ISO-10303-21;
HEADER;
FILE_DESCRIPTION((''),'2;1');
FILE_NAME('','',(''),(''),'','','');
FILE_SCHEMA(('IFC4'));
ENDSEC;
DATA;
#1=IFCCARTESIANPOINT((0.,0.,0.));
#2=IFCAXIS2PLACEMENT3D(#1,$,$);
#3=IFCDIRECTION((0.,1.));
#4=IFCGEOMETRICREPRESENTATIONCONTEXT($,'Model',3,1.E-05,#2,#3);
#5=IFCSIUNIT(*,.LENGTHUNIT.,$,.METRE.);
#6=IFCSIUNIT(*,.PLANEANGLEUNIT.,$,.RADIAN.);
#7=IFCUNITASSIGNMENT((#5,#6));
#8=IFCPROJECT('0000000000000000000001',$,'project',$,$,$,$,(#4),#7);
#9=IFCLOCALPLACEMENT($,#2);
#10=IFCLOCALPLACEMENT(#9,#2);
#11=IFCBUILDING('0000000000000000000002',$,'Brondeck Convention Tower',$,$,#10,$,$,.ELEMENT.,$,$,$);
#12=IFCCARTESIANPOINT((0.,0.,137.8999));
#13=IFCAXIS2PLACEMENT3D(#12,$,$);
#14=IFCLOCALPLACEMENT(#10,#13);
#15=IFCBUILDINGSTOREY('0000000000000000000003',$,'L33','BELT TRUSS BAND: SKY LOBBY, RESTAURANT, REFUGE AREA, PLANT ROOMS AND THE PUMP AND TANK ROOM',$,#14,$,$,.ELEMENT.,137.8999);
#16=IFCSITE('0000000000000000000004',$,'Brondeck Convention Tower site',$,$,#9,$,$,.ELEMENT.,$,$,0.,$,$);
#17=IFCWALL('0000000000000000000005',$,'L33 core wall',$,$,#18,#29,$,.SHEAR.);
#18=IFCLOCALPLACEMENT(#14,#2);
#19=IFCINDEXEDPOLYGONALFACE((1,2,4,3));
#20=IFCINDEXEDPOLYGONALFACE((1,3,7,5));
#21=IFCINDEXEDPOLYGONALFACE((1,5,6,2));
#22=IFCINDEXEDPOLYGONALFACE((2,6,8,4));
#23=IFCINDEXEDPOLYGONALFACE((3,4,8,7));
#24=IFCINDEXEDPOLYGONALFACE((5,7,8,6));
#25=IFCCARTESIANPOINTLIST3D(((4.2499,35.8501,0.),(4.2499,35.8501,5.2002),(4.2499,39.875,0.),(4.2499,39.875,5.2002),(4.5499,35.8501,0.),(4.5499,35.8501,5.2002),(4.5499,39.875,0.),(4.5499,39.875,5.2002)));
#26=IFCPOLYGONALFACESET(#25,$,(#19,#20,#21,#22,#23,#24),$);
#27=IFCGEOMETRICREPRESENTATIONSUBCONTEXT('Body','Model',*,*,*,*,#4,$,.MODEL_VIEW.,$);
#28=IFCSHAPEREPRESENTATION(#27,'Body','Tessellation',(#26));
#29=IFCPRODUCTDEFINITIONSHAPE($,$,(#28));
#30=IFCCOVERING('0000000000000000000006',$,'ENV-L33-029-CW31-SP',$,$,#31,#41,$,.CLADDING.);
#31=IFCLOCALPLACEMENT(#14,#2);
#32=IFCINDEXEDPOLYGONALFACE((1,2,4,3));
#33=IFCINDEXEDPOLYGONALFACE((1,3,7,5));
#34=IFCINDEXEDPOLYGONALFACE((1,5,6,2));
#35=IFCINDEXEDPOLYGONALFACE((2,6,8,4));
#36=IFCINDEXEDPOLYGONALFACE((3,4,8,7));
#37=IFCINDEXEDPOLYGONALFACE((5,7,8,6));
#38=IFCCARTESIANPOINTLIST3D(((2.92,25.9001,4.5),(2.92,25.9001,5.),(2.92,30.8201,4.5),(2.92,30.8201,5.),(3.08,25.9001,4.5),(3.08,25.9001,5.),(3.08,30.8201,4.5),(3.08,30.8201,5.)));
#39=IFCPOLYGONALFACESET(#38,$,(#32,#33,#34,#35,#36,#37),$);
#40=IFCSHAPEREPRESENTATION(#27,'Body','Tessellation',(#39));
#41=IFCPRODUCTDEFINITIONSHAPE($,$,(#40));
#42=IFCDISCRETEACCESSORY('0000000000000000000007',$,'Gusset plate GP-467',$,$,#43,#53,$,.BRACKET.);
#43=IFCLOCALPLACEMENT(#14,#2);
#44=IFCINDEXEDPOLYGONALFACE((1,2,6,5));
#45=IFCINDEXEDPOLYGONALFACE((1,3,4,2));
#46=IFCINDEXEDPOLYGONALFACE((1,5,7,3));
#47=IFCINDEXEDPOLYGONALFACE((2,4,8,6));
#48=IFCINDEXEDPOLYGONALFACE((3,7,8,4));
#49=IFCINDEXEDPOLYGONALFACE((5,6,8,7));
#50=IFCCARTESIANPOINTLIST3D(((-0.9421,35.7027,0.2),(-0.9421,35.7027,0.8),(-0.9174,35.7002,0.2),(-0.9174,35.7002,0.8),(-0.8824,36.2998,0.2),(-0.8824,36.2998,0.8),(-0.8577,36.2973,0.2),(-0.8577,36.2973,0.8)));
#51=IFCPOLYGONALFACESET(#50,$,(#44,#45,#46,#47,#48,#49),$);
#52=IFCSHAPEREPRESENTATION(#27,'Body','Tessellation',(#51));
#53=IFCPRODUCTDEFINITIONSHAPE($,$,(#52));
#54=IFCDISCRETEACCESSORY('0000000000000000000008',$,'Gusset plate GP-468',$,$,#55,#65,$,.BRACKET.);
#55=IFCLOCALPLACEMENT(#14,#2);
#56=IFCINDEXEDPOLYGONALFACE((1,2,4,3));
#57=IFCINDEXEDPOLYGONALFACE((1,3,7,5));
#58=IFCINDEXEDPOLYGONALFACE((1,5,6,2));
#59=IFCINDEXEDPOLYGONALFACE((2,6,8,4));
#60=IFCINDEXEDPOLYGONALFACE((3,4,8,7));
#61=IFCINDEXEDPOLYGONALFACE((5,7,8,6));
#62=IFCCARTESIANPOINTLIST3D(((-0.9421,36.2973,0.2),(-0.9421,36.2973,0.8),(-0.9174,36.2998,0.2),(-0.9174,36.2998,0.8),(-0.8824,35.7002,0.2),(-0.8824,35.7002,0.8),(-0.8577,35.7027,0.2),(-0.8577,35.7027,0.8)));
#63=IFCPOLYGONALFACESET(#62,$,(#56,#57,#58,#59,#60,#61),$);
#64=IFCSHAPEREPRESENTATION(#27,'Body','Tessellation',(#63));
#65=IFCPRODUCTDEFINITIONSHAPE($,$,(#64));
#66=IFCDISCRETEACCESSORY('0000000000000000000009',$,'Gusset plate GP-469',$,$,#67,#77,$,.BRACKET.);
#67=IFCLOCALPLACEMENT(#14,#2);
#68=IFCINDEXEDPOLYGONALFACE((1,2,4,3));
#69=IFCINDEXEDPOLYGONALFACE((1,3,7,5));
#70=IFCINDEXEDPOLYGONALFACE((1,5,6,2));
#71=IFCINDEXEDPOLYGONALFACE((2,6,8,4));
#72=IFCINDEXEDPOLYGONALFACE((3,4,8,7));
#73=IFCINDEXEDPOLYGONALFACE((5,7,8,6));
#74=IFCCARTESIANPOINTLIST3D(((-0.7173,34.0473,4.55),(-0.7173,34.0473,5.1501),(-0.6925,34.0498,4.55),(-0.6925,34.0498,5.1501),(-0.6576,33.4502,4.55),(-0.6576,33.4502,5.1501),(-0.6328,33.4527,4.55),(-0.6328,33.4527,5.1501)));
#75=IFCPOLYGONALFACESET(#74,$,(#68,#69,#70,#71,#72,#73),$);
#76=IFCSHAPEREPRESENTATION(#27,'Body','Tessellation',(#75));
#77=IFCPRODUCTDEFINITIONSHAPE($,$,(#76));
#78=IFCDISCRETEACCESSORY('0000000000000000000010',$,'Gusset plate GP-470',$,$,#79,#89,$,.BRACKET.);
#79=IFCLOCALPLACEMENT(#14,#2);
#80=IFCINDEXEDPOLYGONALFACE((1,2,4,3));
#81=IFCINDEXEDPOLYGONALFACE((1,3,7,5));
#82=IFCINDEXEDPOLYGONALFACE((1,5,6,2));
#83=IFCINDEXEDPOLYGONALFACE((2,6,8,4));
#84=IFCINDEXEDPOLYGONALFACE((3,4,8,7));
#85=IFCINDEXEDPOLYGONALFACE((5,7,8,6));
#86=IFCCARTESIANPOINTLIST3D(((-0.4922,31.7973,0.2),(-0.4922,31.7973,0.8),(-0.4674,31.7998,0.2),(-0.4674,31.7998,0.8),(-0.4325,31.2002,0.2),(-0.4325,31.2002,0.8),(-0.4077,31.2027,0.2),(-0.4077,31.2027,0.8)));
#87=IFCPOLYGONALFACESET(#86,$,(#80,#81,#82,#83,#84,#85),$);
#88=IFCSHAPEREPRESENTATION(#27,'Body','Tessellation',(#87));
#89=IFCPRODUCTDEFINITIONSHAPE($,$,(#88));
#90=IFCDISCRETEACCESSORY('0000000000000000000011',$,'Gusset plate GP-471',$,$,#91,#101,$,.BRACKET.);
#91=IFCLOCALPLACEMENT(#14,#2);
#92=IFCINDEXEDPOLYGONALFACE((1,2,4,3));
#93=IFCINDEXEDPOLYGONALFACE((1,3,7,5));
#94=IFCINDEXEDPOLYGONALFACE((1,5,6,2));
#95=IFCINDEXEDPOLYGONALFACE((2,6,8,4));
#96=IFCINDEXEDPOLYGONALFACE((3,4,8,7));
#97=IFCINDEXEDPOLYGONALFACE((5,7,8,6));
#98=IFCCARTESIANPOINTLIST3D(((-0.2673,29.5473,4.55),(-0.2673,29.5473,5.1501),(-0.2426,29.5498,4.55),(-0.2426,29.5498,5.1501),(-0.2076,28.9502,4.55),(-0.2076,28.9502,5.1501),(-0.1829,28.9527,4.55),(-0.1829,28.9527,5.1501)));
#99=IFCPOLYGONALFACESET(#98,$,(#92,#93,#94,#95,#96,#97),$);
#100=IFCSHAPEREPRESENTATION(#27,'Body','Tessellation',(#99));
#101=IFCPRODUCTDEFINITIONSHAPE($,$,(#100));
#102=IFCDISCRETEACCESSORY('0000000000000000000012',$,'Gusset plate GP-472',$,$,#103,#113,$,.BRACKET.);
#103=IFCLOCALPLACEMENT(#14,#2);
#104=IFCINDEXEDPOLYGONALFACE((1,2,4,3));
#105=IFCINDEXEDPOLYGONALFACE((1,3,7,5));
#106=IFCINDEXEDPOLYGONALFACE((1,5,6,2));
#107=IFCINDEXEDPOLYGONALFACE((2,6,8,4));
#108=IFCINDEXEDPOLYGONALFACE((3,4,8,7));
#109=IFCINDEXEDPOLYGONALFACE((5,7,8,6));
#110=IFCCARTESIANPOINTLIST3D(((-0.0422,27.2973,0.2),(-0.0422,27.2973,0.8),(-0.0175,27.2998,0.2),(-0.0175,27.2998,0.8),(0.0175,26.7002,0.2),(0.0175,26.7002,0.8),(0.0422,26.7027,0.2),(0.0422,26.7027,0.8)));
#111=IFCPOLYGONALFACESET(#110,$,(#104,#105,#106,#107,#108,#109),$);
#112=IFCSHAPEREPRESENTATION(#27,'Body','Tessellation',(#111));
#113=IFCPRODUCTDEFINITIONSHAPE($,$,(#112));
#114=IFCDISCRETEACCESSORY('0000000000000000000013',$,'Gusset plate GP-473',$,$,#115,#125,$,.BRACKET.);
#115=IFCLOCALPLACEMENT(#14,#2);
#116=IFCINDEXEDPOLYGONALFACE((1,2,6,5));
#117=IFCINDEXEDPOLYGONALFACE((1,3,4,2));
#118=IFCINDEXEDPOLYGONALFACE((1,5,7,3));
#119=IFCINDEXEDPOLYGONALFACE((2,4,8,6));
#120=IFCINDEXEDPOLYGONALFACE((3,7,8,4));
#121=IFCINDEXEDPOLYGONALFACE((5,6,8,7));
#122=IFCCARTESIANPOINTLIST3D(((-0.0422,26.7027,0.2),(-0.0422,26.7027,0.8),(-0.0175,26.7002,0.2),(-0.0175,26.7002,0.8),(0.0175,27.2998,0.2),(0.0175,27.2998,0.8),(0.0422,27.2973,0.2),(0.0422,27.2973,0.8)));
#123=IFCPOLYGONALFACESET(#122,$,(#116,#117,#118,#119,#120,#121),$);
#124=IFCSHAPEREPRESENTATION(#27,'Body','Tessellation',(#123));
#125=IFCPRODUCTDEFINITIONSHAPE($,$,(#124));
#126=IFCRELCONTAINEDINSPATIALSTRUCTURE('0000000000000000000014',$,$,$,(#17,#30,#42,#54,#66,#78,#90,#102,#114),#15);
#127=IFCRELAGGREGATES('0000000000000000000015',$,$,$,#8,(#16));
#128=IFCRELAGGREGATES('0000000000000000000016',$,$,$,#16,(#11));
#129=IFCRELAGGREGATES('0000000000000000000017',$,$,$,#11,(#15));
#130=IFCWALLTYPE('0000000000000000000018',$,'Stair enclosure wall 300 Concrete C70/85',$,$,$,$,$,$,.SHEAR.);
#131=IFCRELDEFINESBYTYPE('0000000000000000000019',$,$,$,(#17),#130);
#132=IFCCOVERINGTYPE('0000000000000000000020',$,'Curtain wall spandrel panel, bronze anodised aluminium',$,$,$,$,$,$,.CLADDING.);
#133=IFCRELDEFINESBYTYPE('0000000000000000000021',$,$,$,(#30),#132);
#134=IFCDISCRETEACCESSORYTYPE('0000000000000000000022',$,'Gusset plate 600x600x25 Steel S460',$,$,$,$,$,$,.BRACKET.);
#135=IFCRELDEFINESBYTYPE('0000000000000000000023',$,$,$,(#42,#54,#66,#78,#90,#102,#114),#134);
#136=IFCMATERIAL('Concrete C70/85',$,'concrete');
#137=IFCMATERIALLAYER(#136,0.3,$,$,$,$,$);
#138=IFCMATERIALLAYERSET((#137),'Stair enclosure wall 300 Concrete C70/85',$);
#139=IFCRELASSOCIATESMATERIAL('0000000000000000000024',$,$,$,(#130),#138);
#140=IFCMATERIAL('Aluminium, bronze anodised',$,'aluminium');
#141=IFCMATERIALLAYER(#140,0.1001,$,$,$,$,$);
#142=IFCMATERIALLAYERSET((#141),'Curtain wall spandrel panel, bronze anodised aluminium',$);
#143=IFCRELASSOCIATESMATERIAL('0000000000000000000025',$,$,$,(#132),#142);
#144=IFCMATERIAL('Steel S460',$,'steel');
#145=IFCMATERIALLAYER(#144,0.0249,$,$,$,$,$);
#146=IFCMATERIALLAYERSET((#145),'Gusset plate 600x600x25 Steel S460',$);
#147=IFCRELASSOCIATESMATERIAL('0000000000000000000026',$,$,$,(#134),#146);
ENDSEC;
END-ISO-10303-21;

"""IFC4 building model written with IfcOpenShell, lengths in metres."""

from ifc_helpers import new_model, si_unit, direction, frame, frame_2d, origin, origin_2d, place, context, subcontext, project, spatial, rectangle, extrude, material, layer, layer_set, type_object, element, save


model = new_model("IFC4")

# Units and contexts
model_context = context("Model", 3, precision=1e-05, world=origin(), true_north=direction((0.0, 1.0)))
body_context = subcontext(model_context, "Body", "Model", "MODEL_VIEW")
ifc_project = project(units=[si_unit("LENGTHUNIT", "METRE"), si_unit("PLANEANGLEUNIT", "RADIAN")], contexts=[model_context])

# Site, building, storey
site_placement = place(None, origin())
site = spatial("IfcSite", under=ifc_project, at=site_placement, Name="Brondeck Convention Tower site", CompositionType="ELEMENT", RefElevation=0.0)
building_placement = place(site_placement, origin())
building = spatial("IfcBuilding", under=site, at=building_placement, Name="Brondeck Convention Tower", CompositionType="ELEMENT")
storey_placement = place(building_placement, frame((0.0, 0.0, 137.8999)))
storey = spatial("IfcBuildingStorey", under=building, at=storey_placement, Name="L33", Description="BELT TRUSS BAND: SKY LOBBY, RESTAURANT, REFUGE AREA, PLANT ROOMS AND THE PUMP AND TANK ROOM", CompositionType="ELEMENT", Elevation=137.8999)

# Shared definitions
ifc_material_1 = material(Name="Concrete C70/85", Category="concrete")

# Shared definitions
ifc_material_2 = material(Name="Aluminium, bronze anodised", Category="aluminium")

# Shared definitions
ifc_material_3 = material(Name="Steel S460", Category="steel")

# Wall
ifc_layer_1 = layer(ifc_material_1, 0.3)
ifc_layer_set_1 = layer_set([ifc_layer_1], Name="Stair enclosure wall 300 Concrete C70/85")
wall_type = type_object("IfcWallType", Name="Stair enclosure wall 300 Concrete C70/85", PredefinedType="SHEAR", material=ifc_layer_set_1)
wall_placement = place(storey_placement, frame((4.3999, 35.8501, 0.0), z_axis=(0.0, 0.0, 1.0), x_axis=(0.0, 1.0, 0.0)))
element("IfcWall", 1, at=wall_placement, inside=storey, type_object=wall_type, Name="L33 core wall", PredefinedType="SHEAR", context=body_context, shape_type="SweptSolid", body=[
    extrude(rectangle(XDim=4.0249, YDim=0.3, at=frame_2d((2.0125, 0.0))), origin(), (0.0, 0.0, 1.0), 5.2002),
])

# Covering
ifc_layer_2 = layer(ifc_material_2, 0.1001)
ifc_layer_set_2 = layer_set([ifc_layer_2], Name="Curtain wall spandrel panel, bronze anodised aluminium")
covering_type = type_object("IfcCoveringType", Name="Curtain wall spandrel panel, bronze anodised aluminium", PredefinedType="CLADDING", material=ifc_layer_set_2)
covering_placement = place(storey_placement, frame((3.0, 28.3601, 4.5), z_axis=(0.0, 0.0, 1.0), x_axis=(0.0, 1.0, 0.0)))
element("IfcCovering", 2, at=covering_placement, inside=storey, type_object=covering_type, Name="ENV-L33-029-CW31-SP", PredefinedType="CLADDING", context=body_context, shape_type="SweptSolid", body=[
    extrude(rectangle(XDim=4.9199, YDim=0.1599, at=origin_2d()), origin(), (0.0, 0.0, 1.0), 0.5),
])

# Discrete accessories
ifc_layer_3 = layer(ifc_material_3, 0.0249)
ifc_layer_set_3 = layer_set([ifc_layer_3], Name="Gusset plate 600x600x25 Steel S460")
discrete_accessory_type = type_object("IfcDiscreteAccessoryType", Name="Gusset plate 600x600x25 Steel S460", PredefinedType="BRACKET", material=ifc_layer_set_3)
for number, where, z_axis, x_axis, name in (
    (3, (-0.8999, 36.0, 0.2), (0.0, 0.0, 1.0), (0.099511, 0.995036, 0.0), "Gusset plate GP-467"),
    (4, (-0.8999, 36.0, 0.2), (0.0, 0.0, 1.0), (-0.099511, 0.995036, 0.0), "Gusset plate GP-468"),
    (5, (-0.675, 33.75, 4.55), (0.0, 0.0, 1.0), (-0.099511, 0.995036, 0.0), "Gusset plate GP-469"),
    (6, (-0.45, 31.5, 0.2), (0.0, 0.0, 1.0), (-0.099511, 0.995036, 0.0), "Gusset plate GP-470"),
    (7, (-0.2251, 29.25, 4.55), (0.0, 0.0, 1.0), (-0.099511, 0.995036, 0.0), "Gusset plate GP-471"),
    (8, (0.0, 27.0, 0.2), (0.0, 0.0, 1.0), (-0.099511, 0.995036, 0.0), "Gusset plate GP-472"),
    (9, (0.0, 27.0, 0.2), (0.0, 0.0, 1.0), (0.099511, 0.995036, 0.0), "Gusset plate GP-473"),
):
    element("IfcDiscreteAccessory", number, at=place(storey_placement, frame(where, z_axis=z_axis, x_axis=x_axis)), inside=storey, type_object=discrete_accessory_type, Name=name, PredefinedType="BRACKET", context=body_context, shape_type="SweptSolid", body=[
        extrude(rectangle(XDim=0.6001, YDim=0.0249, at=origin_2d()), origin(), (0.0, 0.0, 1.0), 0.6001),
    ])

save(model, "model.ifc")
